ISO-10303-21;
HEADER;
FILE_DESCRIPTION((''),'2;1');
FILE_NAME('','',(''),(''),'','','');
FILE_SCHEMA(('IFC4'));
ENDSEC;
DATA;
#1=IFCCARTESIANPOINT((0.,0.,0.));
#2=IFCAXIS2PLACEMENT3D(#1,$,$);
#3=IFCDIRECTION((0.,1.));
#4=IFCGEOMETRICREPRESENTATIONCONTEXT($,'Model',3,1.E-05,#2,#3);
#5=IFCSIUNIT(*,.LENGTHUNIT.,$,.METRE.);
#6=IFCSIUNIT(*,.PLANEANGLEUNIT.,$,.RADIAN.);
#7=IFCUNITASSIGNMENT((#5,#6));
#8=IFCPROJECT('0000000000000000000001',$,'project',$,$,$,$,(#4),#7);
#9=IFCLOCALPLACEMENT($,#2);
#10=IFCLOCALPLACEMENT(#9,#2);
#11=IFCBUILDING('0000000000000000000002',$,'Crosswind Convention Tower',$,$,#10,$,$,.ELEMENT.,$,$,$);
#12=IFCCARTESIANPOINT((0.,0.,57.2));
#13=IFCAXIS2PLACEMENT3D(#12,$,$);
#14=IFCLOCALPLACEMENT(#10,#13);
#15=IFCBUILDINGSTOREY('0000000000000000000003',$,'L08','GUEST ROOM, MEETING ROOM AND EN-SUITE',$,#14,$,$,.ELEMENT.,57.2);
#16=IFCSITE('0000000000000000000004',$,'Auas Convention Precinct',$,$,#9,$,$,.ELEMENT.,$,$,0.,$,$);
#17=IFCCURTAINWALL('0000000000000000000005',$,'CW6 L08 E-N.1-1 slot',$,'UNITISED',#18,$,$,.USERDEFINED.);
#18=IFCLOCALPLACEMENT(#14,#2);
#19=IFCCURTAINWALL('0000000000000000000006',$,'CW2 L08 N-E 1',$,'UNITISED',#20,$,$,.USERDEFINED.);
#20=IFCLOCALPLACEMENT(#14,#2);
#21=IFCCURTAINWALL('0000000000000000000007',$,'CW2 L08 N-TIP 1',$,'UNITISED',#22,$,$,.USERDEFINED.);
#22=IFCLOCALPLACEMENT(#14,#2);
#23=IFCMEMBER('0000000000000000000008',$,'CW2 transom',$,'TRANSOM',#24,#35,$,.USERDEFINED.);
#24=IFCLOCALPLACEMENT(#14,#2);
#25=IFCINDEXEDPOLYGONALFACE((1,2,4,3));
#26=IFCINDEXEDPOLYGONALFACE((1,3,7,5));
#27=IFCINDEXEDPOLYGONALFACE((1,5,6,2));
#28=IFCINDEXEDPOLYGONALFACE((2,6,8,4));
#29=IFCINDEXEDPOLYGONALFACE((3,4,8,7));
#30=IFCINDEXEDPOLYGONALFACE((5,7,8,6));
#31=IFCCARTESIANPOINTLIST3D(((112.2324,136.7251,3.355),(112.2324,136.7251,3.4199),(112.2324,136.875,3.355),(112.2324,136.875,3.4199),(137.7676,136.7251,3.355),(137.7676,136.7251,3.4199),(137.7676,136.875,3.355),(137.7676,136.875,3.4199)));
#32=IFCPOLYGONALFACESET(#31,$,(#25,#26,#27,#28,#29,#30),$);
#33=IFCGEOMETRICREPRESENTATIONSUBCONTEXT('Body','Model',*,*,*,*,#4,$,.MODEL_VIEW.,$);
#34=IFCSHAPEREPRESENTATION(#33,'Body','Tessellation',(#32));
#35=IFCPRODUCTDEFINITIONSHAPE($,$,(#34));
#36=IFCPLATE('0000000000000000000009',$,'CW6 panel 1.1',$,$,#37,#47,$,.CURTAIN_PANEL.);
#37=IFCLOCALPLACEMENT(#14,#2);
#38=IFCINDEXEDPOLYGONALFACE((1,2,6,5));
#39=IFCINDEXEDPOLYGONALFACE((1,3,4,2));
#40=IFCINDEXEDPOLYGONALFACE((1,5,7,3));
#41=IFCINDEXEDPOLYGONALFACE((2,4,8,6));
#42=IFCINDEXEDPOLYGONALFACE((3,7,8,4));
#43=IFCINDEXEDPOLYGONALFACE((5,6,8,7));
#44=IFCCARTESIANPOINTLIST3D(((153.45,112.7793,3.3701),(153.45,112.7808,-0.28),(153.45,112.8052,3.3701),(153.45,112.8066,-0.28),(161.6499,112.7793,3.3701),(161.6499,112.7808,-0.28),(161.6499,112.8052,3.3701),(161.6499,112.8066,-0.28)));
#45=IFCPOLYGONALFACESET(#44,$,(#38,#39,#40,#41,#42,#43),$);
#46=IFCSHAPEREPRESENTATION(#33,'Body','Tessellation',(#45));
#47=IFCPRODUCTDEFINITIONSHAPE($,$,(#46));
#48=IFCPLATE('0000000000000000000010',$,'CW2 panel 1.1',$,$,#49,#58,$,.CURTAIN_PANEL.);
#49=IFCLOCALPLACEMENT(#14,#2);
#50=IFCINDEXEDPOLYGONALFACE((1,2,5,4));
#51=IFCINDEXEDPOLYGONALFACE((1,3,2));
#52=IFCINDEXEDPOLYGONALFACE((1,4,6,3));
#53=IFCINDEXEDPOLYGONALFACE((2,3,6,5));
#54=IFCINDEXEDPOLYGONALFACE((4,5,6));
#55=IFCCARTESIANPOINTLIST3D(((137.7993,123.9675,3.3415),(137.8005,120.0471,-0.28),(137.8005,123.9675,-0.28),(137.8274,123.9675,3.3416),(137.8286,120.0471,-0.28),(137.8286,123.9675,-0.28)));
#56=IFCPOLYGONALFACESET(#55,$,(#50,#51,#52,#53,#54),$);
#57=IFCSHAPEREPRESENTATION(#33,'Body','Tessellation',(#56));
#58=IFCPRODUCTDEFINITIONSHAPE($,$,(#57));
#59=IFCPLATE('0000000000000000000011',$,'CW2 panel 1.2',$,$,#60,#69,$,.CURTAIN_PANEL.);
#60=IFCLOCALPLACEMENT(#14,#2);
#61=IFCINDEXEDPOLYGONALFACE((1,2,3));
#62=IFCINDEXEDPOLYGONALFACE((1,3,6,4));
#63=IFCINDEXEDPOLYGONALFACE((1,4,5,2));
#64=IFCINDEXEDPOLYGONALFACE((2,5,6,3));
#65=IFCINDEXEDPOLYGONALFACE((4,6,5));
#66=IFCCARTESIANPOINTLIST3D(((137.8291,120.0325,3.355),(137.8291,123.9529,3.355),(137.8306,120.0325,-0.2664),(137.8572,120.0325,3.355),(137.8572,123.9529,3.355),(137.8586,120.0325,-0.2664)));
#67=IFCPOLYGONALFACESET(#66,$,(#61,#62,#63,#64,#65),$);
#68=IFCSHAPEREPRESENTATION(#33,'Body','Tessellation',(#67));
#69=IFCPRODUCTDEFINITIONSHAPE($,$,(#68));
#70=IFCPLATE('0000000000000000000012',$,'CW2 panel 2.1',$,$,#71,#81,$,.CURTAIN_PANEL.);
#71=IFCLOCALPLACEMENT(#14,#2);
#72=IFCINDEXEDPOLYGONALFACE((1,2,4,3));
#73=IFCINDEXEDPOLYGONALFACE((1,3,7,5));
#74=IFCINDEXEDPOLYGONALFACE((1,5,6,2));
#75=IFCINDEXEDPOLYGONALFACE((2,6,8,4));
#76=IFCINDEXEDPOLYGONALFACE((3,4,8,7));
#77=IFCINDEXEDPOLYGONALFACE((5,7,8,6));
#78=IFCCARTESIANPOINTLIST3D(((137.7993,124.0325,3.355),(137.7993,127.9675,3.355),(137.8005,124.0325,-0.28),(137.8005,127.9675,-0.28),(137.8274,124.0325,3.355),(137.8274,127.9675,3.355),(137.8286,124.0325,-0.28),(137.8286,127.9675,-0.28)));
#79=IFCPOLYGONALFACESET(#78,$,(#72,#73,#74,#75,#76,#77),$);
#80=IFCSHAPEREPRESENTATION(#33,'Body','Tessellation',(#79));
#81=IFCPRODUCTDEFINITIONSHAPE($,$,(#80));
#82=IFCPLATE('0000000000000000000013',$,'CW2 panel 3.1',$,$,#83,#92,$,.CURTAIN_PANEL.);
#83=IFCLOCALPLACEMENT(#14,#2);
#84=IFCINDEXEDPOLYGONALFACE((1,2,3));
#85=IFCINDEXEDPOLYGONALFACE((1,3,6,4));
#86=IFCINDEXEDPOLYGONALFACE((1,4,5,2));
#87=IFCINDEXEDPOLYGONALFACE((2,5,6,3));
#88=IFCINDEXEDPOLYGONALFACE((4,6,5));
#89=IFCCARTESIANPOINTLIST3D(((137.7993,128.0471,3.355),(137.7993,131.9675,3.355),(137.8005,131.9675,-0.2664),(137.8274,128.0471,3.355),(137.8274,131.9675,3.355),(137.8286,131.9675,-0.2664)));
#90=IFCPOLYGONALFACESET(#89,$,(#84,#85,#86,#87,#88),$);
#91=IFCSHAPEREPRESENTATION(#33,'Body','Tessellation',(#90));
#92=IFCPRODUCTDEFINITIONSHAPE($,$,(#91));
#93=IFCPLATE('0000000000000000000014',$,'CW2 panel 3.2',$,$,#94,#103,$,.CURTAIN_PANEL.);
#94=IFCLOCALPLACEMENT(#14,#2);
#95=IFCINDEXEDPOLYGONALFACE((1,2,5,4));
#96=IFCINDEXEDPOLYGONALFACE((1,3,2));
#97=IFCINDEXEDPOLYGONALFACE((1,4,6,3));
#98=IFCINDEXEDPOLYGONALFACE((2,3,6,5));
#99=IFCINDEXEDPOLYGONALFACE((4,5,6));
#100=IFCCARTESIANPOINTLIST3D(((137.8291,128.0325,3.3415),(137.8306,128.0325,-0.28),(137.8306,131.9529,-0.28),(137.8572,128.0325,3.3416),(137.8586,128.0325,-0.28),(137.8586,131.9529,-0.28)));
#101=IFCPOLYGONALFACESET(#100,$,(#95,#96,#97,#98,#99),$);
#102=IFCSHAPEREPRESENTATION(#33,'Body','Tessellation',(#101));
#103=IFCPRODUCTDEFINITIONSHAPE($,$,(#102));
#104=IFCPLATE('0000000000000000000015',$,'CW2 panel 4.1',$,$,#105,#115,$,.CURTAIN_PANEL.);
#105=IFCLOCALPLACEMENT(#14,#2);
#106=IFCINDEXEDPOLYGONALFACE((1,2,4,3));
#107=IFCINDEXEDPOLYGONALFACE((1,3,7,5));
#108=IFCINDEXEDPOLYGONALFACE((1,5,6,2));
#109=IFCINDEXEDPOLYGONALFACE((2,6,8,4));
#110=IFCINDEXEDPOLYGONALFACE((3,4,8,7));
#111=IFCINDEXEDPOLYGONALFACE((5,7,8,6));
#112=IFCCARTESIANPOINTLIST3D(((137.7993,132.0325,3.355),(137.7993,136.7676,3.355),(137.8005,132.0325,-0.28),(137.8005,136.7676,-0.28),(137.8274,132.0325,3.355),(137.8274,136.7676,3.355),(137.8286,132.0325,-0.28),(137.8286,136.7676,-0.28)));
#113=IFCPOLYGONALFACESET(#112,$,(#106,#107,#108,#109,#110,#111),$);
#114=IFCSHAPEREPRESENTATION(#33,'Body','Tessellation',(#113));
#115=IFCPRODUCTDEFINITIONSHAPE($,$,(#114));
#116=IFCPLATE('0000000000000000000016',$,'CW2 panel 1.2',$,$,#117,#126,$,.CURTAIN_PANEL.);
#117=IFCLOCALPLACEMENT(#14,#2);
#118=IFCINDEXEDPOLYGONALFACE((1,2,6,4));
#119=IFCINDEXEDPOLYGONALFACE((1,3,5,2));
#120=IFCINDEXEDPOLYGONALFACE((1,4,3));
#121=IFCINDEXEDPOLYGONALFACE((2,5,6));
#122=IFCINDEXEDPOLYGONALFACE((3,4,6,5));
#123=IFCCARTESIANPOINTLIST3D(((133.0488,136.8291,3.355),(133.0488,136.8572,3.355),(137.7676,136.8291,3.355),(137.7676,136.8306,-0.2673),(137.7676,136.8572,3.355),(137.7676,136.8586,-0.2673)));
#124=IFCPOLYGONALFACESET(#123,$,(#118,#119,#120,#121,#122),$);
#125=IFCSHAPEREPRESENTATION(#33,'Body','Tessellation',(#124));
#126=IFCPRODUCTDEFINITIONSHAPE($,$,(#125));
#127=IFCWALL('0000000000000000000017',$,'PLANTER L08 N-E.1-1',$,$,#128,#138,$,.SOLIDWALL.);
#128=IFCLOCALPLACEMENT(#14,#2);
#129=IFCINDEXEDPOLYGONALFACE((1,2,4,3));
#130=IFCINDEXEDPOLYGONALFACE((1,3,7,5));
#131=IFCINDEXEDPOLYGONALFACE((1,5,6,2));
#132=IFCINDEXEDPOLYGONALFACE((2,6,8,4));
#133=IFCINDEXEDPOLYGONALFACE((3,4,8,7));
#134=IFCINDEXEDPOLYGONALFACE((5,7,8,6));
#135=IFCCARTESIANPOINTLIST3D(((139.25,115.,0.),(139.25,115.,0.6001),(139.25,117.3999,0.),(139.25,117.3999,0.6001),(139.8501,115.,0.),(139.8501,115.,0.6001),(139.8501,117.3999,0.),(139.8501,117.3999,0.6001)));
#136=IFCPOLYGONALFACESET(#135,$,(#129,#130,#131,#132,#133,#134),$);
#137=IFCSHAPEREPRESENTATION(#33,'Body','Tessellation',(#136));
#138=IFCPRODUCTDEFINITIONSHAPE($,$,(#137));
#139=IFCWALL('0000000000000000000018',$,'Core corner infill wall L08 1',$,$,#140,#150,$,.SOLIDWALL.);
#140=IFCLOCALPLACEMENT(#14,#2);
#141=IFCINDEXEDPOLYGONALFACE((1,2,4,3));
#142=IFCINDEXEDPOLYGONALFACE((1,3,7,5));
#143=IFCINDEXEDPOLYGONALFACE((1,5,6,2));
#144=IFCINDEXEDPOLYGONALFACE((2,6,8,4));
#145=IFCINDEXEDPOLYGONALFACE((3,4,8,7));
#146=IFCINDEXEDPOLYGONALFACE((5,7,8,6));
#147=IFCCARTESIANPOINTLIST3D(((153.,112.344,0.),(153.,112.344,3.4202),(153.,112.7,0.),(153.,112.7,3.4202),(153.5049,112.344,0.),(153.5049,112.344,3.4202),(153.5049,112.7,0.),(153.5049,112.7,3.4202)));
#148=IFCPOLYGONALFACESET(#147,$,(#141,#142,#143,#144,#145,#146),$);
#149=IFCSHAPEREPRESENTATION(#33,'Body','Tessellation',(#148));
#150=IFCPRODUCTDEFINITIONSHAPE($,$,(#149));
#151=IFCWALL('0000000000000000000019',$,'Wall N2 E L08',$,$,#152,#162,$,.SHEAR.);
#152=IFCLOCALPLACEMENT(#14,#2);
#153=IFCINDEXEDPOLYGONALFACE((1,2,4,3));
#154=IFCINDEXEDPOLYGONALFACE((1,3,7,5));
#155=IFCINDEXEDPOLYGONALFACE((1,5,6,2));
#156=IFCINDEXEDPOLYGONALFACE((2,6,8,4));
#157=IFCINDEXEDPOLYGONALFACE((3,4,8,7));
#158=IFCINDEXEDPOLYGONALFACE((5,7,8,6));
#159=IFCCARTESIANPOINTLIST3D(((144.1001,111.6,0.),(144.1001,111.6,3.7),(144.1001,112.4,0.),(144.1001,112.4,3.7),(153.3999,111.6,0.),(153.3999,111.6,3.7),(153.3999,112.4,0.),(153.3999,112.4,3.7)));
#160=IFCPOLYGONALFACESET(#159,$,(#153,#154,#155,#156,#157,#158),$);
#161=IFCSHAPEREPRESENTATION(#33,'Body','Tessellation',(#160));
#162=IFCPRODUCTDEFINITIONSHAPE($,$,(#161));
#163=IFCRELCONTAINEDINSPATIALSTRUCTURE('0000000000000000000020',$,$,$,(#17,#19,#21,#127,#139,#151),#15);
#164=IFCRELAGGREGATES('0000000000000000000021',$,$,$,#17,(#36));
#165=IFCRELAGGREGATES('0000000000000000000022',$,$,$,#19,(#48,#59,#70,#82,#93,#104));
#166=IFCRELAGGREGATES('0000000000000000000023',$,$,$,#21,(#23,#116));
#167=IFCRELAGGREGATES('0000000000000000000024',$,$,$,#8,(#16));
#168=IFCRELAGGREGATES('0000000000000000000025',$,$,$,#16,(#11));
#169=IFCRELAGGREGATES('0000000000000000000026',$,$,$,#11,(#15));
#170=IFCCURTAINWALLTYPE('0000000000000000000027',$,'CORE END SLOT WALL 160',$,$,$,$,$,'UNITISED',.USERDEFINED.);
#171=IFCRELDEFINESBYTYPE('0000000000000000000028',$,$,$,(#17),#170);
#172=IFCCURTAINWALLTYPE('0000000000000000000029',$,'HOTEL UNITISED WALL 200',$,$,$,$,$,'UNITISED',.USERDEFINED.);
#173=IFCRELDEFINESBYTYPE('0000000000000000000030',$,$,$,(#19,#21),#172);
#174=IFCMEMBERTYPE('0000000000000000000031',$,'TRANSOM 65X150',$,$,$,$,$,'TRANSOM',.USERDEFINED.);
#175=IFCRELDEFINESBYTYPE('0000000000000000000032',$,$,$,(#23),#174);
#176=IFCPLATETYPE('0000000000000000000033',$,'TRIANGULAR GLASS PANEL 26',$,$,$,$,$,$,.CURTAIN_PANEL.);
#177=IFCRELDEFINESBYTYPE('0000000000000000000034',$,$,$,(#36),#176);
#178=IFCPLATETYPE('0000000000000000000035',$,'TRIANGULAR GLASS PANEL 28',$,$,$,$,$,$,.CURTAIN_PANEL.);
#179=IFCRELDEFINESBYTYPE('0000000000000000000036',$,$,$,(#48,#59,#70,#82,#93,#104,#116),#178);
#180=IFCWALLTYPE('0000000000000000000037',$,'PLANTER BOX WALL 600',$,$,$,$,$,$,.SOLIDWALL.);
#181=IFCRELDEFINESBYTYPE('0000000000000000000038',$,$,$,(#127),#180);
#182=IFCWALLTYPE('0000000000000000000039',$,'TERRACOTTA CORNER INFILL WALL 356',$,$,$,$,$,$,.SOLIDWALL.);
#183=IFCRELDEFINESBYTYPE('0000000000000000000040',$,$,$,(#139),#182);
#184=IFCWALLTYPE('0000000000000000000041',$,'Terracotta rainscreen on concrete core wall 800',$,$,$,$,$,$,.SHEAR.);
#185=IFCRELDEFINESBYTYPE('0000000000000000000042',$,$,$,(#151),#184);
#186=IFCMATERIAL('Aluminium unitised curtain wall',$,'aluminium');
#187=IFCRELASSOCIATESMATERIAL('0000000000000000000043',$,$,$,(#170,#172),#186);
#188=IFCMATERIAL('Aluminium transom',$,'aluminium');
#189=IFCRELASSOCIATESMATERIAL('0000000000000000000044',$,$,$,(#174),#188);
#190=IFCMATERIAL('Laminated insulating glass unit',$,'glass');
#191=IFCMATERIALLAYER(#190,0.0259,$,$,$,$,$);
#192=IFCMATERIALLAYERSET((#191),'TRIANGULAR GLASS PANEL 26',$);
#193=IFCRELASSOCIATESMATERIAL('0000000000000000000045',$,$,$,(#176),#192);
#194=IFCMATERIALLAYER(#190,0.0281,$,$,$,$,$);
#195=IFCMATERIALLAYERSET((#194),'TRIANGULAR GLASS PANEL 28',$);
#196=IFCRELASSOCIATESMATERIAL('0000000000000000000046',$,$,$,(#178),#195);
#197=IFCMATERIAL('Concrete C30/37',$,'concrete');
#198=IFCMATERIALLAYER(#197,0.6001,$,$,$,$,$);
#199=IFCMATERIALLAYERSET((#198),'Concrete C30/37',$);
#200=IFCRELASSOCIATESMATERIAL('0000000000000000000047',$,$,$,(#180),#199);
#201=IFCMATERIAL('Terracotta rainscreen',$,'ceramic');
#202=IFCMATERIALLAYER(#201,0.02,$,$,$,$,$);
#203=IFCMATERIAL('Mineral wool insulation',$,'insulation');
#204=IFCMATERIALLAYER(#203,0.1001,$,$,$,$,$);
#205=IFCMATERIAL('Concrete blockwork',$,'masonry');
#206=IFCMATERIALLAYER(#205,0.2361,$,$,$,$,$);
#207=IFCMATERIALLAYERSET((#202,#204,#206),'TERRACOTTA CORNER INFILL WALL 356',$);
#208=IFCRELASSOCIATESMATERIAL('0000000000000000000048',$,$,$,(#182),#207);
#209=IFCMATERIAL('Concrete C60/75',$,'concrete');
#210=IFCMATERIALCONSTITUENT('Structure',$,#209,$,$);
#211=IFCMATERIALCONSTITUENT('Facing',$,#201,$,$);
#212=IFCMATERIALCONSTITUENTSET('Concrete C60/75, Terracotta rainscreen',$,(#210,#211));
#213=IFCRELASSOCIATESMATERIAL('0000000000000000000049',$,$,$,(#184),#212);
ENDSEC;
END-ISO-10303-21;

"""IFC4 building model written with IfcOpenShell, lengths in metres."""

from ifc_helpers import new_model, si_unit, direction, frame, frame_2d, origin, origin_2d, place, context, subcontext, project, spatial, polyline, rectangle, outline, extrude, material, layer, layer_set, constituent, constituent_set, material_profile, profile_set, type_object, element, aggregate, save


model = new_model("IFC4")

# Units and contexts
model_context = context("Model", 3, precision=1e-05, world=origin(), true_north=direction((0.0, 1.0)))
body_context = subcontext(model_context, "Body", "Model", "MODEL_VIEW")
ifc_project = project(units=[si_unit("LENGTHUNIT", "METRE"), si_unit("PLANEANGLEUNIT", "RADIAN")], contexts=[model_context])

# Site, building, storey
site_placement = place(None, origin())
site = spatial("IfcSite", under=ifc_project, at=site_placement, Name="Auas Convention Precinct", CompositionType="ELEMENT", RefElevation=0.0)
building_placement = place(site_placement, origin())
building = spatial("IfcBuilding", under=site, at=building_placement, Name="Crosswind Convention Tower", CompositionType="ELEMENT")
storey_placement = place(building_placement, frame((0.0, 0.0, 57.2)))
storey = spatial("IfcBuildingStorey", under=building, at=storey_placement, Name="L08", Description="GUEST ROOM, MEETING ROOM AND EN-SUITE", CompositionType="ELEMENT", Elevation=57.2)

# Shared definitions
ifc_material_1 = material(Name="Concrete C60/75", Category="concrete")

# Curtain wall
ifc_material_2 = material(Name="Aluminium unitised curtain wall", Category="aluminium")
curtain_wall_type_1 = type_object("IfcCurtainWallType", Name="CORE END SLOT WALL 160", ElementType="UNITISED", PredefinedType="USERDEFINED", material=ifc_material_2)
curtain_wall_1_placement = place(storey_placement, origin())
curtain_wall_1 = element("IfcCurtainWall", 1, at=curtain_wall_1_placement, inside=storey, type_object=curtain_wall_type_1, Name="CW6 L08 E-N.1-1 slot", ObjectType="UNITISED", PredefinedType="USERDEFINED")

# Shared definitions
curtain_wall_type_2 = type_object("IfcCurtainWallType", Name="HOTEL UNITISED WALL 200", ElementType="UNITISED", PredefinedType="USERDEFINED", material=ifc_material_2)

# Curtain wall
curtain_wall_2_placement = place(storey_placement, origin())
curtain_wall_2 = element("IfcCurtainWall", 2, at=curtain_wall_2_placement, inside=storey, type_object=curtain_wall_type_2, Name="CW2 L08 N-E 1", ObjectType="UNITISED", PredefinedType="USERDEFINED")

# Shared definitions
ifc_material_3 = material(Name="Aluminium transom", Category="aluminium")
ifc_material_profile_1 = material_profile(ifc_material_3, rectangle(XDim=0.1499, YDim=0.0649, at=origin_2d()), Name="AL 150X65")
ifc_profile_set_1 = profile_set([ifc_material_profile_1], Name="Aluminium transom")
member_type_1 = type_object("IfcMemberType", Name="TRANSOM 65X150", ElementType="TRANSOM", PredefinedType="USERDEFINED", material=ifc_profile_set_1)

# Curtain wall, member
curtain_wall_3_placement = place(storey_placement, origin())
curtain_wall_3 = element("IfcCurtainWall", 3, at=curtain_wall_3_placement, inside=storey, type_object=curtain_wall_type_2, Name="CW2 L08 N-TIP 1", ObjectType="UNITISED", PredefinedType="USERDEFINED")
member_1_placement = place(storey_placement, frame((137.7676, 136.8, 3.3875), z_axis=(-1.0, 0.0, 0.0), x_axis=(0.0, -1.0, 0.0)))
member_1 = element("IfcMember", 4, at=member_1_placement, type_object=member_type_1, Name="CW2 transom", ObjectType="TRANSOM", PredefinedType="USERDEFINED", context=body_context, shape_type="SweptSolid", body=[
    extrude(rectangle(XDim=0.1499, YDim=0.0649, at=origin_2d()), origin(), (0.0, 0.0, 1.0), 25.5352),
])

# Plates
ifc_material_4 = material(Name="Laminated insulating glass unit", Category="glass")
ifc_layer_1 = layer(ifc_material_4, 0.0259)
ifc_layer_set_1 = layer_set([ifc_layer_1], Name="TRIANGULAR GLASS PANEL 26")
plate_type_1 = type_object("IfcPlateType", Name="TRIANGULAR GLASS PANEL 26", PredefinedType="CURTAIN_PANEL", material=ifc_layer_set_1)
plate_1_placement = place(storey_placement, frame((161.6499, 112.8066, -0.28), z_axis=(0.0, 1.0, 0.000401), x_axis=(-1.0, 0.0, 0.0)))
plate_1 = element("IfcPlate", 5, at=plate_1_placement, type_object=plate_type_1, Name="CW6 panel 1.1", PredefinedType="CURTAIN_PANEL", context=body_context, shape_type="SweptSolid", body=[
    extrude(outline(polyline([(0.0, 0.0), (8.2, 0.0), (8.2, 3.6501), (0.0, 3.6501), (0.0, 0.0)])), origin(), (0.0, 0.0, -1.0), 0.0259),
])
aggregate(curtain_wall_1, [plate_1])
ifc_layer_2 = layer(ifc_material_4, 0.0281)
ifc_layer_set_2 = layer_set([ifc_layer_2], Name="TRIANGULAR GLASS PANEL 28")
plate_type_2 = type_object("IfcPlateType", Name="TRIANGULAR GLASS PANEL 28", PredefinedType="CURTAIN_PANEL", material=ifc_layer_set_2)
plate_2_placement = place(storey_placement, frame((137.8286, 123.9675, -0.28), z_axis=(1.0, 0.0, 0.000337), x_axis=(-0.000337, 0.0, 1.0)))
plate_2 = element("IfcPlate", 6, at=plate_2_placement, type_object=plate_type_2, Name="CW2 panel 1.1", PredefinedType="CURTAIN_PANEL", context=body_context, shape_type="SweptSolid", body=[
    extrude(outline(polyline([(0.0, 0.0), (3.6216, 0.0), (0.0, 3.9204), (0.0, 0.0)])), origin(), (0.0, 0.0, -1.0), 0.0281),
])
plate_3_placement = place(storey_placement, frame((137.8572, 120.0325, 3.355), z_axis=(1.0, 0.0, 0.000405), x_axis=(0.000405, 0.0, -1.0)))
plate_3 = element("IfcPlate", 7, at=plate_3_placement, type_object=plate_type_2, Name="CW2 panel 1.2", PredefinedType="CURTAIN_PANEL", context=body_context, shape_type="SweptSolid", body=[
    extrude(outline(polyline([(0.0, 0.0), (3.6213, 0.0), (0.0, 3.9204), (0.0, 0.0)])), origin(), (0.0, 0.0, -1.0), 0.0281),
])
plate_4_placement = place(storey_placement, frame((137.8286, 124.0325, -0.28), z_axis=(1.0, 0.0, 0.000336), x_axis=(0.0, 1.0, 0.0)))
plate_4 = element("IfcPlate", 8, at=plate_4_placement, type_object=plate_type_2, Name="CW2 panel 2.1", PredefinedType="CURTAIN_PANEL", context=body_context, shape_type="SweptSolid", body=[
    extrude(outline(polyline([(0.0, 0.0), (3.9351, 0.0), (3.9351, 3.635), (0.0, 3.635), (0.0, 0.0)])), origin(), (0.0, 0.0, -1.0), 0.0281),
])
plate_5_placement = place(storey_placement, frame((137.8274, 131.9675, 3.355), z_axis=(1.0, 0.0, 0.000337), x_axis=(0.0, -1.0, 0.0)))
plate_5 = element("IfcPlate", 9, at=plate_5_placement, type_object=plate_type_2, Name="CW2 panel 3.1", PredefinedType="CURTAIN_PANEL", context=body_context, shape_type="SweptSolid", body=[
    extrude(outline(polyline([(0.0, 0.0), (3.9204, 0.0), (0.0, 3.6213), (0.0, 0.0)])), origin(), (0.0, 0.0, -1.0), 0.0281),
])
plate_6_placement = place(storey_placement, frame((137.8586, 128.0325, -0.28), z_axis=(1.0, 0.0, 0.000404), x_axis=(0.0, 1.0, 0.0)))
plate_6 = element("IfcPlate", 10, at=plate_6_placement, type_object=plate_type_2, Name="CW2 panel 3.2", PredefinedType="CURTAIN_PANEL", context=body_context, shape_type="SweptSolid", body=[
    extrude(outline(polyline([(0.0, 0.0), (3.9204, 0.0), (0.0, 3.6216), (0.0, 0.0)])), origin(), (0.0, 0.0, -1.0), 0.0281),
])
plate_7_placement = place(storey_placement, frame((137.8286, 132.0325, -0.28), z_axis=(1.0, 0.0, 0.000336), x_axis=(0.0, 1.0, 0.0)))
plate_7 = element("IfcPlate", 11, at=plate_7_placement, type_object=plate_type_2, Name="CW2 panel 4.1", PredefinedType="CURTAIN_PANEL", context=body_context, shape_type="SweptSolid", body=[
    extrude(outline(polyline([(0.0, 0.0), (4.7351, 0.0), (4.7351, 3.635), (0.0, 3.635), (0.0, 0.0)])), origin(), (0.0, 0.0, -1.0), 0.0281),
])
plate_8_placement = place(storey_placement, frame((137.7676, 136.8572, 3.355), z_axis=(0.0, 1.0, 0.000404), x_axis=(0.0, 0.000404, -1.0)))
plate_8 = element("IfcPlate", 12, at=plate_8_placement, type_object=plate_type_2, Name="CW2 panel 1.2", PredefinedType="CURTAIN_PANEL", context=body_context, shape_type="SweptSolid", body=[
    extrude(outline(polyline([(0.0, 0.0), (3.6223, 0.0), (0.0, 4.7188), (0.0, 0.0)])), origin(), (0.0, 0.0, -1.0), 0.0281),
])

# Walls
ifc_material_5 = material(Name="Concrete C30/37", Category="concrete")
ifc_layer_3 = layer(ifc_material_5, 0.6001)
ifc_layer_set_3 = layer_set([ifc_layer_3], Name="Concrete C30/37")
wall_type_1 = type_object("IfcWallType", Name="PLANTER BOX WALL 600", PredefinedType="SOLIDWALL", material=ifc_layer_set_3)
wall_1_placement = place(storey_placement, frame((139.55, 115.0, 0.0), z_axis=(0.0, 0.0, 1.0), x_axis=(0.0, 1.0, 0.0)))
element("IfcWall", 13, at=wall_1_placement, inside=storey, type_object=wall_type_1, Name="PLANTER L08 N-E.1-1", PredefinedType="SOLIDWALL", context=body_context, shape_type="SweptSolid", body=[
    extrude(rectangle(XDim=2.3999, YDim=0.6001, at=frame_2d((1.2, 0.0))), origin(), (0.0, 0.0, 1.0), 0.6001),
])
ifc_material_6 = material(Name="Terracotta rainscreen", Category="ceramic")
ifc_layer_4 = layer(ifc_material_6, 0.02)
ifc_material_7 = material(Name="Mineral wool insulation", Category="insulation")
ifc_layer_5 = layer(ifc_material_7, 0.1001)
ifc_material_8 = material(Name="Concrete blockwork", Category="masonry")
ifc_layer_6 = layer(ifc_material_8, 0.2361)
ifc_layer_set_4 = layer_set([ifc_layer_4, ifc_layer_5, ifc_layer_6], Name="TERRACOTTA CORNER INFILL WALL 356")
wall_type_2 = type_object("IfcWallType", Name="TERRACOTTA CORNER INFILL WALL 356", PredefinedType="SOLIDWALL", material=ifc_layer_set_4)
wall_2_placement = place(storey_placement, frame((153.0, 112.522, 0.0), z_axis=(0.0, 0.0, 1.0), x_axis=(1.0, 0.0, 0.0)))
element("IfcWall", 14, at=wall_2_placement, inside=storey, type_object=wall_type_2, Name="Core corner infill wall L08 1", PredefinedType="SOLIDWALL", context=body_context, shape_type="SweptSolid", body=[
    extrude(rectangle(XDim=0.5049, YDim=0.356, at=frame_2d((0.2524, 0.0))), origin(), (0.0, 0.0, 1.0), 3.4202),
])

# Wall
ifc_constituent_1 = constituent(ifc_material_1, Name="Structure")
ifc_constituent_2 = constituent(ifc_material_6, Name="Facing")
ifc_constituent_set = constituent_set(constituents=[ifc_constituent_1, ifc_constituent_2], Name="Concrete C60/75, Terracotta rainscreen")
wall_type_3 = type_object("IfcWallType", Name="Terracotta rainscreen on concrete core wall 800", PredefinedType="SHEAR", material=ifc_constituent_set)
wall_3_placement = place(storey_placement, frame((144.1001, 112.0, 0.0), z_axis=(0.0, 0.0, 1.0), x_axis=(1.0, 0.0, 0.0)))
element("IfcWall", 15, at=wall_3_placement, inside=storey, type_object=wall_type_3, Name="Wall N2 E L08", PredefinedType="SHEAR", context=body_context, shape_type="SweptSolid", body=[
    extrude(rectangle(XDim=9.2998, YDim=0.8, at=frame_2d((4.6499, 0.0))), origin(), (0.0, 0.0, 1.0), 3.7),
])

aggregate(curtain_wall_2, [plate_2, plate_3, plate_4, plate_5, plate_6, plate_7])
aggregate(curtain_wall_3, [member_1, plate_8])

save(model, "model.ifc")
